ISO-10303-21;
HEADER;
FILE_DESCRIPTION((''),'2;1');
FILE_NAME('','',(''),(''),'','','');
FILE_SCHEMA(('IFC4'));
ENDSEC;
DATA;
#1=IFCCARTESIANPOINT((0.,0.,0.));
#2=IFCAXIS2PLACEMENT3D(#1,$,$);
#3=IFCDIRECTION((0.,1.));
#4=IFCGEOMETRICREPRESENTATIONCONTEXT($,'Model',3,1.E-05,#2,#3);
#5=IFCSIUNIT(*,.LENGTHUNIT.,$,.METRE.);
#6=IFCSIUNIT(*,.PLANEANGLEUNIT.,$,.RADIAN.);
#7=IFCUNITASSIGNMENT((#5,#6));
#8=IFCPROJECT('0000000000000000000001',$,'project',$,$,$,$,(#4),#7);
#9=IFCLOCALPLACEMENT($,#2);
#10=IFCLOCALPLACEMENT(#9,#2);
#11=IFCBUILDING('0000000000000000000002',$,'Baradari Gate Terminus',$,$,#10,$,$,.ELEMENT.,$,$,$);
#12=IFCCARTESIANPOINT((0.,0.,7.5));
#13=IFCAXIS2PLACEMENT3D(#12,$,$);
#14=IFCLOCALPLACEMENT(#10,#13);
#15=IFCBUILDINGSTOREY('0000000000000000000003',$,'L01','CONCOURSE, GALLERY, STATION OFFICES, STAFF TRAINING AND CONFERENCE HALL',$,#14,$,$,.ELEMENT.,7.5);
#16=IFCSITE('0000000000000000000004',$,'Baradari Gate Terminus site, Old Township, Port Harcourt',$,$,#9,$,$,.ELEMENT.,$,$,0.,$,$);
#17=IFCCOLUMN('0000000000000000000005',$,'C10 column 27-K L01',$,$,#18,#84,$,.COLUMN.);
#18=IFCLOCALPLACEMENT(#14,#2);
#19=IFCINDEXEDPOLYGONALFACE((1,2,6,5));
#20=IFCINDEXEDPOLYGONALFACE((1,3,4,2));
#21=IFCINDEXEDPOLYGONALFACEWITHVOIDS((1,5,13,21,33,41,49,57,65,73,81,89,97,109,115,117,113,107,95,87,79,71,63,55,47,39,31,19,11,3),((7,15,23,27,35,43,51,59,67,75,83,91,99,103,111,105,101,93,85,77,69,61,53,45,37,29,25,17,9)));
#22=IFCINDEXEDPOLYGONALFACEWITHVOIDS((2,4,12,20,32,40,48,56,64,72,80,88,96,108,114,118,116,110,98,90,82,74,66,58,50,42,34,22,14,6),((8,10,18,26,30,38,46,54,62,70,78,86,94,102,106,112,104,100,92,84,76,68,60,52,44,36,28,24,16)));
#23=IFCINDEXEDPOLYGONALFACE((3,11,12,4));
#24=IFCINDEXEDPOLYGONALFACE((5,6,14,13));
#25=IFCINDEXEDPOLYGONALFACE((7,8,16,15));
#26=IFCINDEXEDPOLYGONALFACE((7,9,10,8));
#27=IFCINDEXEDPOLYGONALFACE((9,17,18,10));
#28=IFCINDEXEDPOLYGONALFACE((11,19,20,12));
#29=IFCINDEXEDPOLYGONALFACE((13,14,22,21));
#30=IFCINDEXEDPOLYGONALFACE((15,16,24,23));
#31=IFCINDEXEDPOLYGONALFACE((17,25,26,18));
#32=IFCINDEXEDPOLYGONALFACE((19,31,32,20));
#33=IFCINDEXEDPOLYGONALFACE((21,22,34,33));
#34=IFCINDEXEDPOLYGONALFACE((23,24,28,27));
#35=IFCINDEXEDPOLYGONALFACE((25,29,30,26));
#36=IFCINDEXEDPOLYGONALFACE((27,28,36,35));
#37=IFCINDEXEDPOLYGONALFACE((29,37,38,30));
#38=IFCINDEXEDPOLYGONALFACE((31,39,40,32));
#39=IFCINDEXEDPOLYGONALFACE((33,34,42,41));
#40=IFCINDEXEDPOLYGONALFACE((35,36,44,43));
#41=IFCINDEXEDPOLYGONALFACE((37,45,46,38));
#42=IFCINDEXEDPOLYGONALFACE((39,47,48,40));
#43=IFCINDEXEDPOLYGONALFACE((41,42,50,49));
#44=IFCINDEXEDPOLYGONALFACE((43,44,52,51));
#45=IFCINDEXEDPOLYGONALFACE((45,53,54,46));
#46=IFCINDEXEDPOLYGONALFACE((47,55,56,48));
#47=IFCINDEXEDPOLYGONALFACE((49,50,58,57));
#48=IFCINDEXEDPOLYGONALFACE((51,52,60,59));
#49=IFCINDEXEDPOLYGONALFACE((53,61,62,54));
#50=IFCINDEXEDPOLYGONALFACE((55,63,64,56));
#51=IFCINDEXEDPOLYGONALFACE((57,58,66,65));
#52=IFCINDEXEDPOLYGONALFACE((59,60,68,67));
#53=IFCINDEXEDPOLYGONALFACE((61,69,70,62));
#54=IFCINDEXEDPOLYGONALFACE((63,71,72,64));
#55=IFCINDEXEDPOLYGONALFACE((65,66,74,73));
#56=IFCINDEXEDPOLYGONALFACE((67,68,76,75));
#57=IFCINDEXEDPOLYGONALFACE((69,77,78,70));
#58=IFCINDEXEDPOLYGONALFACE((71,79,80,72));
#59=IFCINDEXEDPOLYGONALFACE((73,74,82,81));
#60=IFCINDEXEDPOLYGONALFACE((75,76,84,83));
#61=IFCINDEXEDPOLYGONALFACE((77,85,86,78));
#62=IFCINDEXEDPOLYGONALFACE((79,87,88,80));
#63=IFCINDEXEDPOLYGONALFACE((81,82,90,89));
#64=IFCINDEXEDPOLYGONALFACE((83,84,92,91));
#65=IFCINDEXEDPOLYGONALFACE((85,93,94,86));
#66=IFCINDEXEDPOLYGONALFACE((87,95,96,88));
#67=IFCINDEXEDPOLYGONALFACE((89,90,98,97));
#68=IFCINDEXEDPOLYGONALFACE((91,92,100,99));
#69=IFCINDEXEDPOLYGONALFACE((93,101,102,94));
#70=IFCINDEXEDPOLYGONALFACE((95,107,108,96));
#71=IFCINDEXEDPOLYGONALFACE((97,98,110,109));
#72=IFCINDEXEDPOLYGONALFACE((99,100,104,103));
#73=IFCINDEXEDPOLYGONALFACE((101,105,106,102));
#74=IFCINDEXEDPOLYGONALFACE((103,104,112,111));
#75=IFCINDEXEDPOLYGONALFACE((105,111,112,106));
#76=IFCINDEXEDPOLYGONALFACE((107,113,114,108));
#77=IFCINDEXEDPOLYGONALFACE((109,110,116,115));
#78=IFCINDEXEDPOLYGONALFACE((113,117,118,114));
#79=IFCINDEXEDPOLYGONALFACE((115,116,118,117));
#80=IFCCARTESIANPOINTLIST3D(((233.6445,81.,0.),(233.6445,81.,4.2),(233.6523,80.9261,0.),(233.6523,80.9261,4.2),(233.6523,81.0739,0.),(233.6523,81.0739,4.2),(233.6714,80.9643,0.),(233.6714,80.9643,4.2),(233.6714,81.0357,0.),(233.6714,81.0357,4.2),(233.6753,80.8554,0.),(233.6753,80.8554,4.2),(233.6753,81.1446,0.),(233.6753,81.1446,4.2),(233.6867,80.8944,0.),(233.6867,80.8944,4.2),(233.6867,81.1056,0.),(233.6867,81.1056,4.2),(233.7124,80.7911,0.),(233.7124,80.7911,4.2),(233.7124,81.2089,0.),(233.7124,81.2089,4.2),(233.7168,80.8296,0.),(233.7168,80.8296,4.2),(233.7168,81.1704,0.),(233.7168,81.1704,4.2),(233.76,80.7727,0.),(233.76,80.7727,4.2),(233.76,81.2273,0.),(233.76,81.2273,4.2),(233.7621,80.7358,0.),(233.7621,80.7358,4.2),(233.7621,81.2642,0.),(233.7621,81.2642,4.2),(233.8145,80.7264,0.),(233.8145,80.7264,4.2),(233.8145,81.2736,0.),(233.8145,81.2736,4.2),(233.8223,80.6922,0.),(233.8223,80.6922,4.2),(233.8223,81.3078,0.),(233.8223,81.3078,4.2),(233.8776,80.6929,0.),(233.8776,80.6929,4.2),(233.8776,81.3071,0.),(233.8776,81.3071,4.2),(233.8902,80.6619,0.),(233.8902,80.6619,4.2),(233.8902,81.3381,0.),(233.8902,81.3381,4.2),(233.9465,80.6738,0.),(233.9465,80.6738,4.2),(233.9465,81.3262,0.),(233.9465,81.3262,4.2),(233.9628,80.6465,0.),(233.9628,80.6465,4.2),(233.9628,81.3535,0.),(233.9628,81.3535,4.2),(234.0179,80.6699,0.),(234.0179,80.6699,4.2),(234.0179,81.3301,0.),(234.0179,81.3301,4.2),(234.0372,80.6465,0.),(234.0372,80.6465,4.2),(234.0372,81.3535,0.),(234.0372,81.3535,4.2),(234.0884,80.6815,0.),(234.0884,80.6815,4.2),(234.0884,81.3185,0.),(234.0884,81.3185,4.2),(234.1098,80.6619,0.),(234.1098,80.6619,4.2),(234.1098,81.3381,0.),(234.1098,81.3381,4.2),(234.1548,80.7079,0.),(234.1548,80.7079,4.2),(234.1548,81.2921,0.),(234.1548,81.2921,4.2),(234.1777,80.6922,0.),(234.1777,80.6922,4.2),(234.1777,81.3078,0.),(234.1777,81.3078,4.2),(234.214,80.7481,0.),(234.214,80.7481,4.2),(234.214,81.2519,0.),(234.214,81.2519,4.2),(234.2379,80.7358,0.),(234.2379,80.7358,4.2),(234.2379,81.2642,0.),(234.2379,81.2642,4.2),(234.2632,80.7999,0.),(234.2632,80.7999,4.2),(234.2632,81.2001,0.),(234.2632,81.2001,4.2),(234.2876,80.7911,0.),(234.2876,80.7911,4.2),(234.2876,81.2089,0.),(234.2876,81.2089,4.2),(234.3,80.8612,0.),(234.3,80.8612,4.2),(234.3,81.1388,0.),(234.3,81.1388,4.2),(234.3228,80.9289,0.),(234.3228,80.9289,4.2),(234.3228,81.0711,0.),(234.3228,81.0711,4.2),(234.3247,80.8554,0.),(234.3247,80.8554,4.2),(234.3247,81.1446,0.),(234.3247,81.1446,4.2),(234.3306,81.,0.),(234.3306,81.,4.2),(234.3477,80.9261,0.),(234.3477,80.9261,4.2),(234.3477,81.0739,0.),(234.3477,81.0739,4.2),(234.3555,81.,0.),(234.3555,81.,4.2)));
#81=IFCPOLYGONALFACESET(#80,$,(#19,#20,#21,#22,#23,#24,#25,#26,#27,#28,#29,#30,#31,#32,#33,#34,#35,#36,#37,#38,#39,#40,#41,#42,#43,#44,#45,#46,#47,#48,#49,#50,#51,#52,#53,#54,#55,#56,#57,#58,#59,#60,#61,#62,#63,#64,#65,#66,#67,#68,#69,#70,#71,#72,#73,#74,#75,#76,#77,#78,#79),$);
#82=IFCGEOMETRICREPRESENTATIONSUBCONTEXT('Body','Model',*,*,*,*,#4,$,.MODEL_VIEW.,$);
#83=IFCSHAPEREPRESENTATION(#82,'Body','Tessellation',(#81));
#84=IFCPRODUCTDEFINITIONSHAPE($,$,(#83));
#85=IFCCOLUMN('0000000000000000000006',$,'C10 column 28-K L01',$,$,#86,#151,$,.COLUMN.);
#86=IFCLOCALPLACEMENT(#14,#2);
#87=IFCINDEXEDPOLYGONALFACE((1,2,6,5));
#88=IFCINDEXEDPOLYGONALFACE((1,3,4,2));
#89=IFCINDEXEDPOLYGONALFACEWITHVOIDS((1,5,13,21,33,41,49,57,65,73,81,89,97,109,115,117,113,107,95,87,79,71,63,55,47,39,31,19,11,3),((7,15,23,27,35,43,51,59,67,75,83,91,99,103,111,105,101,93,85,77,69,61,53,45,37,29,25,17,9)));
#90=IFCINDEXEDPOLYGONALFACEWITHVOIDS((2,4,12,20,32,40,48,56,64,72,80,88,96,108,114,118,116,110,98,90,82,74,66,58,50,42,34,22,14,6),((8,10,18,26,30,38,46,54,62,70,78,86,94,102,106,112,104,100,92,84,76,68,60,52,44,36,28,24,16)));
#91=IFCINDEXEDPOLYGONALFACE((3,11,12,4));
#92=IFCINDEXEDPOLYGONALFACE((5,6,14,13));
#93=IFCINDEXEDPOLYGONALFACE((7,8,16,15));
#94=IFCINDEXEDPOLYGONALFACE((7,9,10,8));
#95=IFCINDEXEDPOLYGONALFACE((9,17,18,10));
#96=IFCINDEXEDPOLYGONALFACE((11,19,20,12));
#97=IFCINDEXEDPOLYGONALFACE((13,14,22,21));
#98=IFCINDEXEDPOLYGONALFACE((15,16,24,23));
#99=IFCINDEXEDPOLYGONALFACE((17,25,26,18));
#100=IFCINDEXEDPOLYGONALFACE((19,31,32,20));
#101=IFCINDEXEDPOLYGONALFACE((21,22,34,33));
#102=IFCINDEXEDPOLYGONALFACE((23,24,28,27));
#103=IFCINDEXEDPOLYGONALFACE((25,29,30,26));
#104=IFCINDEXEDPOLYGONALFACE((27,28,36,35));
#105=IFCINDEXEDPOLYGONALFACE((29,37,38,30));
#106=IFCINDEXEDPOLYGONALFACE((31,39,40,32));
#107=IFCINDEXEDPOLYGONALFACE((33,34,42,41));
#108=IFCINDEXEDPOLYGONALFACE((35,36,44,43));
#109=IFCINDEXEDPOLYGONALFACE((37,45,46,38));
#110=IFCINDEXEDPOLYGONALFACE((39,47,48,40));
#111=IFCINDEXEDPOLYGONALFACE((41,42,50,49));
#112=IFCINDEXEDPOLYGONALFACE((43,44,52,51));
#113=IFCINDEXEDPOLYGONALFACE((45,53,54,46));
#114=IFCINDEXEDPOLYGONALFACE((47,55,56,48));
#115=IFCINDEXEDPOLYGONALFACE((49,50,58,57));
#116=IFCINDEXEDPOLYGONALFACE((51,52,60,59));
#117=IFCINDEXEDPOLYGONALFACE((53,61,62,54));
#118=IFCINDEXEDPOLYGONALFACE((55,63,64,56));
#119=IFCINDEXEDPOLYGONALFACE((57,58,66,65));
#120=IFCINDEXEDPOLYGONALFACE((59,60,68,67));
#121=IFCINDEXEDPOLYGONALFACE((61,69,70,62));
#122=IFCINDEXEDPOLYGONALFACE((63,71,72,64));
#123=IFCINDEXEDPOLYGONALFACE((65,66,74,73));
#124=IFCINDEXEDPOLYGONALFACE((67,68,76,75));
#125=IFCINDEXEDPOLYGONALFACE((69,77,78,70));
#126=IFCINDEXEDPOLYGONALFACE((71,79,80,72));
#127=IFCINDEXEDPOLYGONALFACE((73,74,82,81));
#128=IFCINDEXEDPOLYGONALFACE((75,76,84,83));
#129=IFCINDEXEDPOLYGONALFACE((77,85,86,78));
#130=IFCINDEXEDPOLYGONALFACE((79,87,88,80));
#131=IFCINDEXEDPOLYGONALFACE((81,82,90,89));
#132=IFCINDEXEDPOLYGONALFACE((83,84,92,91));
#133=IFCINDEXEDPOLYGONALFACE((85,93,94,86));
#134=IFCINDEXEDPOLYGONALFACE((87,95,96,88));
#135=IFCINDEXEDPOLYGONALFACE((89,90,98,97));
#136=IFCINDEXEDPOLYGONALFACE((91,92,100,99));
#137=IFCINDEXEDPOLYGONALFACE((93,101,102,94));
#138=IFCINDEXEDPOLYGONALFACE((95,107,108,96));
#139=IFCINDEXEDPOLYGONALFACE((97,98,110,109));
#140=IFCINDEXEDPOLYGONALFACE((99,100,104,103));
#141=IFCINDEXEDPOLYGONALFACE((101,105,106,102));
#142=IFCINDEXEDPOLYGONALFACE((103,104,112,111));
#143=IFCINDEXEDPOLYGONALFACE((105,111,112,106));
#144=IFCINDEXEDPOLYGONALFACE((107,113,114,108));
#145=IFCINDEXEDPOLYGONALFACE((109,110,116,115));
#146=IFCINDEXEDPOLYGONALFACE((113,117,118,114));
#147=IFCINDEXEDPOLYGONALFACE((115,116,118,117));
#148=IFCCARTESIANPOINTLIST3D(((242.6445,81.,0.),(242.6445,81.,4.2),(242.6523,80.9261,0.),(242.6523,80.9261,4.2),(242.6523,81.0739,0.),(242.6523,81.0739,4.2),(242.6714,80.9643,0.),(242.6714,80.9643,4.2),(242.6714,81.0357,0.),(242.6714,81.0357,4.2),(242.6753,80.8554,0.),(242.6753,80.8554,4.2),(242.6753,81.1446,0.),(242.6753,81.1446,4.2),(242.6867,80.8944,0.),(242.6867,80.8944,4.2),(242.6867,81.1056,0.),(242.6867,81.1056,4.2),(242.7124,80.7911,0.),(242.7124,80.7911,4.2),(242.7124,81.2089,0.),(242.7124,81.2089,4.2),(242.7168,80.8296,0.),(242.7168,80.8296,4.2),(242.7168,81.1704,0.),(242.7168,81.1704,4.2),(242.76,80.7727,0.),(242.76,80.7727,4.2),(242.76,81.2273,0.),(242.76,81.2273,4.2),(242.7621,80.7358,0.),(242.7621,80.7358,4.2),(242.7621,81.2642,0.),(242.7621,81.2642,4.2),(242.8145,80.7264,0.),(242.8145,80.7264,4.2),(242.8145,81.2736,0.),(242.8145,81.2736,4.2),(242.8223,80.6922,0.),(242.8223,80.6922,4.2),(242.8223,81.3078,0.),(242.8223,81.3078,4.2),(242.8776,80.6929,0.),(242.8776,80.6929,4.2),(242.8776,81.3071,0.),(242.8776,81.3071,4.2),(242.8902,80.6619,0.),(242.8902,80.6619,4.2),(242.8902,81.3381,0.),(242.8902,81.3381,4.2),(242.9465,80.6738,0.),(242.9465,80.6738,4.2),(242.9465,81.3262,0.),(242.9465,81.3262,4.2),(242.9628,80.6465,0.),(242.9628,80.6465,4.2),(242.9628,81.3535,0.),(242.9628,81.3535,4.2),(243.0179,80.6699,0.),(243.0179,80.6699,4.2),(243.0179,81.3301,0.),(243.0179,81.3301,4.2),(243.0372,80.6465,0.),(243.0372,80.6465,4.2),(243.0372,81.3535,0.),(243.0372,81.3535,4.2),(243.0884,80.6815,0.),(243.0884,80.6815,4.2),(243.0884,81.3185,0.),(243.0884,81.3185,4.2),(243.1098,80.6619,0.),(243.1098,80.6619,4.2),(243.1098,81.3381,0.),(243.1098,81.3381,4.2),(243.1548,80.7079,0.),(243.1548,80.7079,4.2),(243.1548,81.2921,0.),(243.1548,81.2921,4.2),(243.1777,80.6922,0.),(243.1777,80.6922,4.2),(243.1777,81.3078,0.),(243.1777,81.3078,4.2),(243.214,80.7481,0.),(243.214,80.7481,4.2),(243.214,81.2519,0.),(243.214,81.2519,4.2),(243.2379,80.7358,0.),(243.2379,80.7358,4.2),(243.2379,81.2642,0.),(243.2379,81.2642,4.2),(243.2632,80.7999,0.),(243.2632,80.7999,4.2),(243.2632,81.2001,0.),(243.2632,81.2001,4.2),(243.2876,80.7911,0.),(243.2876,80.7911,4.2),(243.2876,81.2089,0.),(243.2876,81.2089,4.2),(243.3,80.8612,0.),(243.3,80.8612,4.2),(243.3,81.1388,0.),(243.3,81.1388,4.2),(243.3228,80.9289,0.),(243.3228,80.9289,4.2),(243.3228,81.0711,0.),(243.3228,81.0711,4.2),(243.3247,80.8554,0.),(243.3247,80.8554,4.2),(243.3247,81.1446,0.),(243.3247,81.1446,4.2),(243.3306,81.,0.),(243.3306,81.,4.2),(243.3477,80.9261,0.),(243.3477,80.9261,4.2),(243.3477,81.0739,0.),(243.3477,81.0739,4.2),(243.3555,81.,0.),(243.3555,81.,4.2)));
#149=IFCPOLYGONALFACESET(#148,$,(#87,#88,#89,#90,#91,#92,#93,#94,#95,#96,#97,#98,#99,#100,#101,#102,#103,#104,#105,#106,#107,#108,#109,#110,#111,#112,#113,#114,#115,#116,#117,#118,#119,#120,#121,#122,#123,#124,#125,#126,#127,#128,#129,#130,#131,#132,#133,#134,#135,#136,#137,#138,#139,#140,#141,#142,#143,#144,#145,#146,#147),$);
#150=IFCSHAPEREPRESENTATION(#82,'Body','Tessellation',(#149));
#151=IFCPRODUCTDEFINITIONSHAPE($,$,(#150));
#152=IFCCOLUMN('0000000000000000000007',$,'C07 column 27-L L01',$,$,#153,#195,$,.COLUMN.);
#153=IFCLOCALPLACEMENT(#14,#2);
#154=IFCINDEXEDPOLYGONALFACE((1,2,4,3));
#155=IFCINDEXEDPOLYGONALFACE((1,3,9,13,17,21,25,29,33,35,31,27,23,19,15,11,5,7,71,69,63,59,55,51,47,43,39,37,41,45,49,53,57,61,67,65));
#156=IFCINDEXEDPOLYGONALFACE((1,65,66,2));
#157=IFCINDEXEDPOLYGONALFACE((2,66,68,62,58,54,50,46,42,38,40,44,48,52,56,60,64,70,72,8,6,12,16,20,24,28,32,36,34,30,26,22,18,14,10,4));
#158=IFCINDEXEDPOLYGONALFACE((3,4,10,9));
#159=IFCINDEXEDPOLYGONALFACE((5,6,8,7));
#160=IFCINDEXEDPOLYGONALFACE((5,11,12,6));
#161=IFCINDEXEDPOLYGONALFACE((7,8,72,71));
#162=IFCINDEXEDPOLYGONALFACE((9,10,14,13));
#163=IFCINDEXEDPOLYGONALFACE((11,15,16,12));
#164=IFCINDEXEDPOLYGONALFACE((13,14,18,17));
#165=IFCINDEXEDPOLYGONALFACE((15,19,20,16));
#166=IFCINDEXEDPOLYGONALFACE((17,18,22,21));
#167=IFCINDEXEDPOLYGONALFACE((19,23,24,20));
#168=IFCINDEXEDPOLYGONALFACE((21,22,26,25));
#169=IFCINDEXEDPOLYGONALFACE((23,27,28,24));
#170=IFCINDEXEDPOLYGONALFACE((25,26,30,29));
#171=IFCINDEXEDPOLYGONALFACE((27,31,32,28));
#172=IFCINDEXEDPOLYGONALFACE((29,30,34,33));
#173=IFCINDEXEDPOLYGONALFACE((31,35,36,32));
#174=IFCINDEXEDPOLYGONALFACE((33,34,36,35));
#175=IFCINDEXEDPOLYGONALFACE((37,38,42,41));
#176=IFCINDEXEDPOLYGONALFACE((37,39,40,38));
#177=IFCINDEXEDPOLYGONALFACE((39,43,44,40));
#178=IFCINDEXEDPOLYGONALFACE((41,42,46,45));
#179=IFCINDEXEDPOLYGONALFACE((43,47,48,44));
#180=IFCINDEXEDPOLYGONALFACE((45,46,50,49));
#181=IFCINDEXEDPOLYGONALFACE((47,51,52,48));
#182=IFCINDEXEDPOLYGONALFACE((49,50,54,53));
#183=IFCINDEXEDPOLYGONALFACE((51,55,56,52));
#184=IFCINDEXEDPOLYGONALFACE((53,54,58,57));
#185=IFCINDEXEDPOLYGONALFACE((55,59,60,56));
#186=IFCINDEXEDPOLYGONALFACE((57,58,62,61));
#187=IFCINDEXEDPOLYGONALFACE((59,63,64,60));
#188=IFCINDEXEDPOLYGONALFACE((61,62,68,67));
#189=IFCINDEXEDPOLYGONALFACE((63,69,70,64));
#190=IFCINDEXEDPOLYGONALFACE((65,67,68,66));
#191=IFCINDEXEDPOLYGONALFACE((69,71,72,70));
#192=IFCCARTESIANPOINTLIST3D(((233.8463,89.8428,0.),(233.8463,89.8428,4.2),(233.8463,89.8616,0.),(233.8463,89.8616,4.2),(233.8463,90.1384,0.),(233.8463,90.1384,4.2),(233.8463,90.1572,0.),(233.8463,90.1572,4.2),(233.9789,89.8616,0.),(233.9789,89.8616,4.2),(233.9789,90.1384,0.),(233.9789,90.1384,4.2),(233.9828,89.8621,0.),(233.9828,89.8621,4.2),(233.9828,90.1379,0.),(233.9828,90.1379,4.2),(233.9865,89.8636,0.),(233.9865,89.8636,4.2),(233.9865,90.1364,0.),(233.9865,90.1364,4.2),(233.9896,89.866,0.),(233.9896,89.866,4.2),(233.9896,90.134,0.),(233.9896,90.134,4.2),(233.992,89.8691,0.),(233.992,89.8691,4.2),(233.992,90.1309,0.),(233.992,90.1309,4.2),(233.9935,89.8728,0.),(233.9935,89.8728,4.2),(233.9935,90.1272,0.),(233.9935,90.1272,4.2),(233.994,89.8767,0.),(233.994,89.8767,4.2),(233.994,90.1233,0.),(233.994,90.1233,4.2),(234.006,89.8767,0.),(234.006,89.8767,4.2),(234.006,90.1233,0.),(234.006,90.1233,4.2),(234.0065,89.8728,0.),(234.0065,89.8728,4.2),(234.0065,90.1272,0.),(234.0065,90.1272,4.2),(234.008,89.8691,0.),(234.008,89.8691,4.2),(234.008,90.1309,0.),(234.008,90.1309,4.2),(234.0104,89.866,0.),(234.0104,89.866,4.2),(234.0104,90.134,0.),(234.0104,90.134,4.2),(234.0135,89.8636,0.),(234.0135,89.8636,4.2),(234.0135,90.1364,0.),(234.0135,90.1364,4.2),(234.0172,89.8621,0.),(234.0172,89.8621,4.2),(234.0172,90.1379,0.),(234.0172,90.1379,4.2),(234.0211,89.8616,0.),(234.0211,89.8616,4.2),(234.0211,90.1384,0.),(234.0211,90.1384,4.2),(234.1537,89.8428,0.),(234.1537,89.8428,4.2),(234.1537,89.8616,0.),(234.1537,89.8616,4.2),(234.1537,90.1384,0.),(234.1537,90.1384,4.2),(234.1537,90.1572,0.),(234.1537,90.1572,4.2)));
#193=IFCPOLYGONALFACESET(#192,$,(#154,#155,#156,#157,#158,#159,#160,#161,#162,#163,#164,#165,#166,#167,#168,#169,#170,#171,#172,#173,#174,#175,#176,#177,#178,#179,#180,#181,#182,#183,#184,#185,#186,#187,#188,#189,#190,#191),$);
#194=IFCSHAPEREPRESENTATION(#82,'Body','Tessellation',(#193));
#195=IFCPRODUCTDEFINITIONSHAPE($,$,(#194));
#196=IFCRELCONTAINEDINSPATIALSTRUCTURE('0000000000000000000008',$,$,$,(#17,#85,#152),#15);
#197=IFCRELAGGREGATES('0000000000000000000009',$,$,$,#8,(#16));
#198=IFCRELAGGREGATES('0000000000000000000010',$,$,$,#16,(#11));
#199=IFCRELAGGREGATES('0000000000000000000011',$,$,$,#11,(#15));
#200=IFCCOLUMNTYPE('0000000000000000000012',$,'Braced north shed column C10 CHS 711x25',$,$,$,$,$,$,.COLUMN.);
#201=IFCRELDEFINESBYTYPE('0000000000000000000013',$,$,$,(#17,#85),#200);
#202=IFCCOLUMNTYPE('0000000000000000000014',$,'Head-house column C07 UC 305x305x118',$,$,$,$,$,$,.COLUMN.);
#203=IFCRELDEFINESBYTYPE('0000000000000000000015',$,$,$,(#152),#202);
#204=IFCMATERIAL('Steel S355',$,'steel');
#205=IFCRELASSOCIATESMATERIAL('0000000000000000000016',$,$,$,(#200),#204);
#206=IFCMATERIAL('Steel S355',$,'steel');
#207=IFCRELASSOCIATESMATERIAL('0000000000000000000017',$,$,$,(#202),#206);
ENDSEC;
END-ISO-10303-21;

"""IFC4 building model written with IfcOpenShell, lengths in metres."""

from ifc_helpers import new_model, si_unit, direction, frame, origin, origin_2d, place, context, subcontext, project, spatial, hollow_circle, i_section, extrude, material, material_profile, profile_set, type_object, element, save


model = new_model("IFC4")

# Units and contexts
model_context = context("Model", 3, precision=1e-05, world=origin(), true_north=direction((0.0, 1.0)))
body_context = subcontext(model_context, "Body", "Model", "MODEL_VIEW")
ifc_project = project(units=[si_unit("LENGTHUNIT", "METRE"), si_unit("PLANEANGLEUNIT", "RADIAN")], contexts=[model_context])

# Site, building, storey
site_placement = place(None, origin())
site = spatial("IfcSite", under=ifc_project, at=site_placement, Name="Baradari Gate Terminus site, Old Township, Port Harcourt", CompositionType="ELEMENT", RefElevation=0.0)
building_placement = place(site_placement, origin())
building = spatial("IfcBuilding", under=site, at=building_placement, Name="Baradari Gate Terminus", CompositionType="ELEMENT")
storey_placement = place(building_placement, frame((0.0, 0.0, 7.5)))
storey = spatial("IfcBuildingStorey", under=building, at=storey_placement, Name="L01", Description="CONCOURSE, GALLERY, STATION OFFICES, STAFF TRAINING AND CONFERENCE HALL", CompositionType="ELEMENT", Elevation=7.5)

# Columns
ifc_material_1 = material(Name="Steel S355", Category="steel")
ifc_material_profile_1 = material_profile(ifc_material_1, hollow_circle(Radius=0.3555, WallThickness=0.0249, at=origin_2d()), Name="CHS 711x25")
ifc_profile_set_1 = profile_set([ifc_material_profile_1], Name="Steel S355")
column_type_1 = type_object("IfcColumnType", Name="Braced north shed column C10 CHS 711x25", PredefinedType="COLUMN", material=ifc_profile_set_1)
for number, where, z_axis, x_axis, name in (
    (1, (234.0, 81.0, 0.0), (0.0, 0.0, 1.0), (1.0, 0.0, 0.0), "C10 column 27-K L01"),
    (2, (243.0, 81.0, 0.0), (0.0, 0.0, 1.0), (1.0, 0.0, 0.0), "C10 column 28-K L01"),
):
    element("IfcColumn", number, at=place(storey_placement, frame(where, z_axis=z_axis, x_axis=x_axis)), inside=storey, type_object=column_type_1, Name=name, PredefinedType="COLUMN", context=body_context, shape_type="SweptSolid", body=[
        extrude(hollow_circle(Radius=0.3555, WallThickness=0.0249, at=origin_2d()), origin(), (0.0, 0.0, 1.0), 4.2),
    ])
ifc_material_2 = material(Name="Steel S355", Category="steel")
ifc_material_profile_2 = material_profile(ifc_material_2, i_section(OverallWidth=0.3074, OverallDepth=0.3145, WebThickness=0.012, FlangeThickness=0.0188, FilletRadius=0.0151, at=origin_2d()), Name="UC 305x305x118")
ifc_profile_set_2 = profile_set([ifc_material_profile_2], Name="Steel S355")
column_type_2 = type_object("IfcColumnType", Name="Head-house column C07 UC 305x305x118", PredefinedType="COLUMN", material=ifc_profile_set_2)
for number, where, z_axis, x_axis, name in (
    (3, (234.0, 90.0, 0.0), (0.0, 0.0, 1.0), (1.0, 0.0, 0.0), "C07 column 27-L L01"),
):
    element("IfcColumn", number, at=place(storey_placement, frame(where, z_axis=z_axis, x_axis=x_axis)), inside=storey, type_object=column_type_2, Name=name, PredefinedType="COLUMN", context=body_context, shape_type="SweptSolid", body=[
        extrude(i_section(OverallWidth=0.3074, OverallDepth=0.3145, WebThickness=0.012, FlangeThickness=0.0188, FilletRadius=0.0151, at=origin_2d()), origin(), (0.0, 0.0, 1.0), 4.2),
    ])

save(model, "model.ifc")
